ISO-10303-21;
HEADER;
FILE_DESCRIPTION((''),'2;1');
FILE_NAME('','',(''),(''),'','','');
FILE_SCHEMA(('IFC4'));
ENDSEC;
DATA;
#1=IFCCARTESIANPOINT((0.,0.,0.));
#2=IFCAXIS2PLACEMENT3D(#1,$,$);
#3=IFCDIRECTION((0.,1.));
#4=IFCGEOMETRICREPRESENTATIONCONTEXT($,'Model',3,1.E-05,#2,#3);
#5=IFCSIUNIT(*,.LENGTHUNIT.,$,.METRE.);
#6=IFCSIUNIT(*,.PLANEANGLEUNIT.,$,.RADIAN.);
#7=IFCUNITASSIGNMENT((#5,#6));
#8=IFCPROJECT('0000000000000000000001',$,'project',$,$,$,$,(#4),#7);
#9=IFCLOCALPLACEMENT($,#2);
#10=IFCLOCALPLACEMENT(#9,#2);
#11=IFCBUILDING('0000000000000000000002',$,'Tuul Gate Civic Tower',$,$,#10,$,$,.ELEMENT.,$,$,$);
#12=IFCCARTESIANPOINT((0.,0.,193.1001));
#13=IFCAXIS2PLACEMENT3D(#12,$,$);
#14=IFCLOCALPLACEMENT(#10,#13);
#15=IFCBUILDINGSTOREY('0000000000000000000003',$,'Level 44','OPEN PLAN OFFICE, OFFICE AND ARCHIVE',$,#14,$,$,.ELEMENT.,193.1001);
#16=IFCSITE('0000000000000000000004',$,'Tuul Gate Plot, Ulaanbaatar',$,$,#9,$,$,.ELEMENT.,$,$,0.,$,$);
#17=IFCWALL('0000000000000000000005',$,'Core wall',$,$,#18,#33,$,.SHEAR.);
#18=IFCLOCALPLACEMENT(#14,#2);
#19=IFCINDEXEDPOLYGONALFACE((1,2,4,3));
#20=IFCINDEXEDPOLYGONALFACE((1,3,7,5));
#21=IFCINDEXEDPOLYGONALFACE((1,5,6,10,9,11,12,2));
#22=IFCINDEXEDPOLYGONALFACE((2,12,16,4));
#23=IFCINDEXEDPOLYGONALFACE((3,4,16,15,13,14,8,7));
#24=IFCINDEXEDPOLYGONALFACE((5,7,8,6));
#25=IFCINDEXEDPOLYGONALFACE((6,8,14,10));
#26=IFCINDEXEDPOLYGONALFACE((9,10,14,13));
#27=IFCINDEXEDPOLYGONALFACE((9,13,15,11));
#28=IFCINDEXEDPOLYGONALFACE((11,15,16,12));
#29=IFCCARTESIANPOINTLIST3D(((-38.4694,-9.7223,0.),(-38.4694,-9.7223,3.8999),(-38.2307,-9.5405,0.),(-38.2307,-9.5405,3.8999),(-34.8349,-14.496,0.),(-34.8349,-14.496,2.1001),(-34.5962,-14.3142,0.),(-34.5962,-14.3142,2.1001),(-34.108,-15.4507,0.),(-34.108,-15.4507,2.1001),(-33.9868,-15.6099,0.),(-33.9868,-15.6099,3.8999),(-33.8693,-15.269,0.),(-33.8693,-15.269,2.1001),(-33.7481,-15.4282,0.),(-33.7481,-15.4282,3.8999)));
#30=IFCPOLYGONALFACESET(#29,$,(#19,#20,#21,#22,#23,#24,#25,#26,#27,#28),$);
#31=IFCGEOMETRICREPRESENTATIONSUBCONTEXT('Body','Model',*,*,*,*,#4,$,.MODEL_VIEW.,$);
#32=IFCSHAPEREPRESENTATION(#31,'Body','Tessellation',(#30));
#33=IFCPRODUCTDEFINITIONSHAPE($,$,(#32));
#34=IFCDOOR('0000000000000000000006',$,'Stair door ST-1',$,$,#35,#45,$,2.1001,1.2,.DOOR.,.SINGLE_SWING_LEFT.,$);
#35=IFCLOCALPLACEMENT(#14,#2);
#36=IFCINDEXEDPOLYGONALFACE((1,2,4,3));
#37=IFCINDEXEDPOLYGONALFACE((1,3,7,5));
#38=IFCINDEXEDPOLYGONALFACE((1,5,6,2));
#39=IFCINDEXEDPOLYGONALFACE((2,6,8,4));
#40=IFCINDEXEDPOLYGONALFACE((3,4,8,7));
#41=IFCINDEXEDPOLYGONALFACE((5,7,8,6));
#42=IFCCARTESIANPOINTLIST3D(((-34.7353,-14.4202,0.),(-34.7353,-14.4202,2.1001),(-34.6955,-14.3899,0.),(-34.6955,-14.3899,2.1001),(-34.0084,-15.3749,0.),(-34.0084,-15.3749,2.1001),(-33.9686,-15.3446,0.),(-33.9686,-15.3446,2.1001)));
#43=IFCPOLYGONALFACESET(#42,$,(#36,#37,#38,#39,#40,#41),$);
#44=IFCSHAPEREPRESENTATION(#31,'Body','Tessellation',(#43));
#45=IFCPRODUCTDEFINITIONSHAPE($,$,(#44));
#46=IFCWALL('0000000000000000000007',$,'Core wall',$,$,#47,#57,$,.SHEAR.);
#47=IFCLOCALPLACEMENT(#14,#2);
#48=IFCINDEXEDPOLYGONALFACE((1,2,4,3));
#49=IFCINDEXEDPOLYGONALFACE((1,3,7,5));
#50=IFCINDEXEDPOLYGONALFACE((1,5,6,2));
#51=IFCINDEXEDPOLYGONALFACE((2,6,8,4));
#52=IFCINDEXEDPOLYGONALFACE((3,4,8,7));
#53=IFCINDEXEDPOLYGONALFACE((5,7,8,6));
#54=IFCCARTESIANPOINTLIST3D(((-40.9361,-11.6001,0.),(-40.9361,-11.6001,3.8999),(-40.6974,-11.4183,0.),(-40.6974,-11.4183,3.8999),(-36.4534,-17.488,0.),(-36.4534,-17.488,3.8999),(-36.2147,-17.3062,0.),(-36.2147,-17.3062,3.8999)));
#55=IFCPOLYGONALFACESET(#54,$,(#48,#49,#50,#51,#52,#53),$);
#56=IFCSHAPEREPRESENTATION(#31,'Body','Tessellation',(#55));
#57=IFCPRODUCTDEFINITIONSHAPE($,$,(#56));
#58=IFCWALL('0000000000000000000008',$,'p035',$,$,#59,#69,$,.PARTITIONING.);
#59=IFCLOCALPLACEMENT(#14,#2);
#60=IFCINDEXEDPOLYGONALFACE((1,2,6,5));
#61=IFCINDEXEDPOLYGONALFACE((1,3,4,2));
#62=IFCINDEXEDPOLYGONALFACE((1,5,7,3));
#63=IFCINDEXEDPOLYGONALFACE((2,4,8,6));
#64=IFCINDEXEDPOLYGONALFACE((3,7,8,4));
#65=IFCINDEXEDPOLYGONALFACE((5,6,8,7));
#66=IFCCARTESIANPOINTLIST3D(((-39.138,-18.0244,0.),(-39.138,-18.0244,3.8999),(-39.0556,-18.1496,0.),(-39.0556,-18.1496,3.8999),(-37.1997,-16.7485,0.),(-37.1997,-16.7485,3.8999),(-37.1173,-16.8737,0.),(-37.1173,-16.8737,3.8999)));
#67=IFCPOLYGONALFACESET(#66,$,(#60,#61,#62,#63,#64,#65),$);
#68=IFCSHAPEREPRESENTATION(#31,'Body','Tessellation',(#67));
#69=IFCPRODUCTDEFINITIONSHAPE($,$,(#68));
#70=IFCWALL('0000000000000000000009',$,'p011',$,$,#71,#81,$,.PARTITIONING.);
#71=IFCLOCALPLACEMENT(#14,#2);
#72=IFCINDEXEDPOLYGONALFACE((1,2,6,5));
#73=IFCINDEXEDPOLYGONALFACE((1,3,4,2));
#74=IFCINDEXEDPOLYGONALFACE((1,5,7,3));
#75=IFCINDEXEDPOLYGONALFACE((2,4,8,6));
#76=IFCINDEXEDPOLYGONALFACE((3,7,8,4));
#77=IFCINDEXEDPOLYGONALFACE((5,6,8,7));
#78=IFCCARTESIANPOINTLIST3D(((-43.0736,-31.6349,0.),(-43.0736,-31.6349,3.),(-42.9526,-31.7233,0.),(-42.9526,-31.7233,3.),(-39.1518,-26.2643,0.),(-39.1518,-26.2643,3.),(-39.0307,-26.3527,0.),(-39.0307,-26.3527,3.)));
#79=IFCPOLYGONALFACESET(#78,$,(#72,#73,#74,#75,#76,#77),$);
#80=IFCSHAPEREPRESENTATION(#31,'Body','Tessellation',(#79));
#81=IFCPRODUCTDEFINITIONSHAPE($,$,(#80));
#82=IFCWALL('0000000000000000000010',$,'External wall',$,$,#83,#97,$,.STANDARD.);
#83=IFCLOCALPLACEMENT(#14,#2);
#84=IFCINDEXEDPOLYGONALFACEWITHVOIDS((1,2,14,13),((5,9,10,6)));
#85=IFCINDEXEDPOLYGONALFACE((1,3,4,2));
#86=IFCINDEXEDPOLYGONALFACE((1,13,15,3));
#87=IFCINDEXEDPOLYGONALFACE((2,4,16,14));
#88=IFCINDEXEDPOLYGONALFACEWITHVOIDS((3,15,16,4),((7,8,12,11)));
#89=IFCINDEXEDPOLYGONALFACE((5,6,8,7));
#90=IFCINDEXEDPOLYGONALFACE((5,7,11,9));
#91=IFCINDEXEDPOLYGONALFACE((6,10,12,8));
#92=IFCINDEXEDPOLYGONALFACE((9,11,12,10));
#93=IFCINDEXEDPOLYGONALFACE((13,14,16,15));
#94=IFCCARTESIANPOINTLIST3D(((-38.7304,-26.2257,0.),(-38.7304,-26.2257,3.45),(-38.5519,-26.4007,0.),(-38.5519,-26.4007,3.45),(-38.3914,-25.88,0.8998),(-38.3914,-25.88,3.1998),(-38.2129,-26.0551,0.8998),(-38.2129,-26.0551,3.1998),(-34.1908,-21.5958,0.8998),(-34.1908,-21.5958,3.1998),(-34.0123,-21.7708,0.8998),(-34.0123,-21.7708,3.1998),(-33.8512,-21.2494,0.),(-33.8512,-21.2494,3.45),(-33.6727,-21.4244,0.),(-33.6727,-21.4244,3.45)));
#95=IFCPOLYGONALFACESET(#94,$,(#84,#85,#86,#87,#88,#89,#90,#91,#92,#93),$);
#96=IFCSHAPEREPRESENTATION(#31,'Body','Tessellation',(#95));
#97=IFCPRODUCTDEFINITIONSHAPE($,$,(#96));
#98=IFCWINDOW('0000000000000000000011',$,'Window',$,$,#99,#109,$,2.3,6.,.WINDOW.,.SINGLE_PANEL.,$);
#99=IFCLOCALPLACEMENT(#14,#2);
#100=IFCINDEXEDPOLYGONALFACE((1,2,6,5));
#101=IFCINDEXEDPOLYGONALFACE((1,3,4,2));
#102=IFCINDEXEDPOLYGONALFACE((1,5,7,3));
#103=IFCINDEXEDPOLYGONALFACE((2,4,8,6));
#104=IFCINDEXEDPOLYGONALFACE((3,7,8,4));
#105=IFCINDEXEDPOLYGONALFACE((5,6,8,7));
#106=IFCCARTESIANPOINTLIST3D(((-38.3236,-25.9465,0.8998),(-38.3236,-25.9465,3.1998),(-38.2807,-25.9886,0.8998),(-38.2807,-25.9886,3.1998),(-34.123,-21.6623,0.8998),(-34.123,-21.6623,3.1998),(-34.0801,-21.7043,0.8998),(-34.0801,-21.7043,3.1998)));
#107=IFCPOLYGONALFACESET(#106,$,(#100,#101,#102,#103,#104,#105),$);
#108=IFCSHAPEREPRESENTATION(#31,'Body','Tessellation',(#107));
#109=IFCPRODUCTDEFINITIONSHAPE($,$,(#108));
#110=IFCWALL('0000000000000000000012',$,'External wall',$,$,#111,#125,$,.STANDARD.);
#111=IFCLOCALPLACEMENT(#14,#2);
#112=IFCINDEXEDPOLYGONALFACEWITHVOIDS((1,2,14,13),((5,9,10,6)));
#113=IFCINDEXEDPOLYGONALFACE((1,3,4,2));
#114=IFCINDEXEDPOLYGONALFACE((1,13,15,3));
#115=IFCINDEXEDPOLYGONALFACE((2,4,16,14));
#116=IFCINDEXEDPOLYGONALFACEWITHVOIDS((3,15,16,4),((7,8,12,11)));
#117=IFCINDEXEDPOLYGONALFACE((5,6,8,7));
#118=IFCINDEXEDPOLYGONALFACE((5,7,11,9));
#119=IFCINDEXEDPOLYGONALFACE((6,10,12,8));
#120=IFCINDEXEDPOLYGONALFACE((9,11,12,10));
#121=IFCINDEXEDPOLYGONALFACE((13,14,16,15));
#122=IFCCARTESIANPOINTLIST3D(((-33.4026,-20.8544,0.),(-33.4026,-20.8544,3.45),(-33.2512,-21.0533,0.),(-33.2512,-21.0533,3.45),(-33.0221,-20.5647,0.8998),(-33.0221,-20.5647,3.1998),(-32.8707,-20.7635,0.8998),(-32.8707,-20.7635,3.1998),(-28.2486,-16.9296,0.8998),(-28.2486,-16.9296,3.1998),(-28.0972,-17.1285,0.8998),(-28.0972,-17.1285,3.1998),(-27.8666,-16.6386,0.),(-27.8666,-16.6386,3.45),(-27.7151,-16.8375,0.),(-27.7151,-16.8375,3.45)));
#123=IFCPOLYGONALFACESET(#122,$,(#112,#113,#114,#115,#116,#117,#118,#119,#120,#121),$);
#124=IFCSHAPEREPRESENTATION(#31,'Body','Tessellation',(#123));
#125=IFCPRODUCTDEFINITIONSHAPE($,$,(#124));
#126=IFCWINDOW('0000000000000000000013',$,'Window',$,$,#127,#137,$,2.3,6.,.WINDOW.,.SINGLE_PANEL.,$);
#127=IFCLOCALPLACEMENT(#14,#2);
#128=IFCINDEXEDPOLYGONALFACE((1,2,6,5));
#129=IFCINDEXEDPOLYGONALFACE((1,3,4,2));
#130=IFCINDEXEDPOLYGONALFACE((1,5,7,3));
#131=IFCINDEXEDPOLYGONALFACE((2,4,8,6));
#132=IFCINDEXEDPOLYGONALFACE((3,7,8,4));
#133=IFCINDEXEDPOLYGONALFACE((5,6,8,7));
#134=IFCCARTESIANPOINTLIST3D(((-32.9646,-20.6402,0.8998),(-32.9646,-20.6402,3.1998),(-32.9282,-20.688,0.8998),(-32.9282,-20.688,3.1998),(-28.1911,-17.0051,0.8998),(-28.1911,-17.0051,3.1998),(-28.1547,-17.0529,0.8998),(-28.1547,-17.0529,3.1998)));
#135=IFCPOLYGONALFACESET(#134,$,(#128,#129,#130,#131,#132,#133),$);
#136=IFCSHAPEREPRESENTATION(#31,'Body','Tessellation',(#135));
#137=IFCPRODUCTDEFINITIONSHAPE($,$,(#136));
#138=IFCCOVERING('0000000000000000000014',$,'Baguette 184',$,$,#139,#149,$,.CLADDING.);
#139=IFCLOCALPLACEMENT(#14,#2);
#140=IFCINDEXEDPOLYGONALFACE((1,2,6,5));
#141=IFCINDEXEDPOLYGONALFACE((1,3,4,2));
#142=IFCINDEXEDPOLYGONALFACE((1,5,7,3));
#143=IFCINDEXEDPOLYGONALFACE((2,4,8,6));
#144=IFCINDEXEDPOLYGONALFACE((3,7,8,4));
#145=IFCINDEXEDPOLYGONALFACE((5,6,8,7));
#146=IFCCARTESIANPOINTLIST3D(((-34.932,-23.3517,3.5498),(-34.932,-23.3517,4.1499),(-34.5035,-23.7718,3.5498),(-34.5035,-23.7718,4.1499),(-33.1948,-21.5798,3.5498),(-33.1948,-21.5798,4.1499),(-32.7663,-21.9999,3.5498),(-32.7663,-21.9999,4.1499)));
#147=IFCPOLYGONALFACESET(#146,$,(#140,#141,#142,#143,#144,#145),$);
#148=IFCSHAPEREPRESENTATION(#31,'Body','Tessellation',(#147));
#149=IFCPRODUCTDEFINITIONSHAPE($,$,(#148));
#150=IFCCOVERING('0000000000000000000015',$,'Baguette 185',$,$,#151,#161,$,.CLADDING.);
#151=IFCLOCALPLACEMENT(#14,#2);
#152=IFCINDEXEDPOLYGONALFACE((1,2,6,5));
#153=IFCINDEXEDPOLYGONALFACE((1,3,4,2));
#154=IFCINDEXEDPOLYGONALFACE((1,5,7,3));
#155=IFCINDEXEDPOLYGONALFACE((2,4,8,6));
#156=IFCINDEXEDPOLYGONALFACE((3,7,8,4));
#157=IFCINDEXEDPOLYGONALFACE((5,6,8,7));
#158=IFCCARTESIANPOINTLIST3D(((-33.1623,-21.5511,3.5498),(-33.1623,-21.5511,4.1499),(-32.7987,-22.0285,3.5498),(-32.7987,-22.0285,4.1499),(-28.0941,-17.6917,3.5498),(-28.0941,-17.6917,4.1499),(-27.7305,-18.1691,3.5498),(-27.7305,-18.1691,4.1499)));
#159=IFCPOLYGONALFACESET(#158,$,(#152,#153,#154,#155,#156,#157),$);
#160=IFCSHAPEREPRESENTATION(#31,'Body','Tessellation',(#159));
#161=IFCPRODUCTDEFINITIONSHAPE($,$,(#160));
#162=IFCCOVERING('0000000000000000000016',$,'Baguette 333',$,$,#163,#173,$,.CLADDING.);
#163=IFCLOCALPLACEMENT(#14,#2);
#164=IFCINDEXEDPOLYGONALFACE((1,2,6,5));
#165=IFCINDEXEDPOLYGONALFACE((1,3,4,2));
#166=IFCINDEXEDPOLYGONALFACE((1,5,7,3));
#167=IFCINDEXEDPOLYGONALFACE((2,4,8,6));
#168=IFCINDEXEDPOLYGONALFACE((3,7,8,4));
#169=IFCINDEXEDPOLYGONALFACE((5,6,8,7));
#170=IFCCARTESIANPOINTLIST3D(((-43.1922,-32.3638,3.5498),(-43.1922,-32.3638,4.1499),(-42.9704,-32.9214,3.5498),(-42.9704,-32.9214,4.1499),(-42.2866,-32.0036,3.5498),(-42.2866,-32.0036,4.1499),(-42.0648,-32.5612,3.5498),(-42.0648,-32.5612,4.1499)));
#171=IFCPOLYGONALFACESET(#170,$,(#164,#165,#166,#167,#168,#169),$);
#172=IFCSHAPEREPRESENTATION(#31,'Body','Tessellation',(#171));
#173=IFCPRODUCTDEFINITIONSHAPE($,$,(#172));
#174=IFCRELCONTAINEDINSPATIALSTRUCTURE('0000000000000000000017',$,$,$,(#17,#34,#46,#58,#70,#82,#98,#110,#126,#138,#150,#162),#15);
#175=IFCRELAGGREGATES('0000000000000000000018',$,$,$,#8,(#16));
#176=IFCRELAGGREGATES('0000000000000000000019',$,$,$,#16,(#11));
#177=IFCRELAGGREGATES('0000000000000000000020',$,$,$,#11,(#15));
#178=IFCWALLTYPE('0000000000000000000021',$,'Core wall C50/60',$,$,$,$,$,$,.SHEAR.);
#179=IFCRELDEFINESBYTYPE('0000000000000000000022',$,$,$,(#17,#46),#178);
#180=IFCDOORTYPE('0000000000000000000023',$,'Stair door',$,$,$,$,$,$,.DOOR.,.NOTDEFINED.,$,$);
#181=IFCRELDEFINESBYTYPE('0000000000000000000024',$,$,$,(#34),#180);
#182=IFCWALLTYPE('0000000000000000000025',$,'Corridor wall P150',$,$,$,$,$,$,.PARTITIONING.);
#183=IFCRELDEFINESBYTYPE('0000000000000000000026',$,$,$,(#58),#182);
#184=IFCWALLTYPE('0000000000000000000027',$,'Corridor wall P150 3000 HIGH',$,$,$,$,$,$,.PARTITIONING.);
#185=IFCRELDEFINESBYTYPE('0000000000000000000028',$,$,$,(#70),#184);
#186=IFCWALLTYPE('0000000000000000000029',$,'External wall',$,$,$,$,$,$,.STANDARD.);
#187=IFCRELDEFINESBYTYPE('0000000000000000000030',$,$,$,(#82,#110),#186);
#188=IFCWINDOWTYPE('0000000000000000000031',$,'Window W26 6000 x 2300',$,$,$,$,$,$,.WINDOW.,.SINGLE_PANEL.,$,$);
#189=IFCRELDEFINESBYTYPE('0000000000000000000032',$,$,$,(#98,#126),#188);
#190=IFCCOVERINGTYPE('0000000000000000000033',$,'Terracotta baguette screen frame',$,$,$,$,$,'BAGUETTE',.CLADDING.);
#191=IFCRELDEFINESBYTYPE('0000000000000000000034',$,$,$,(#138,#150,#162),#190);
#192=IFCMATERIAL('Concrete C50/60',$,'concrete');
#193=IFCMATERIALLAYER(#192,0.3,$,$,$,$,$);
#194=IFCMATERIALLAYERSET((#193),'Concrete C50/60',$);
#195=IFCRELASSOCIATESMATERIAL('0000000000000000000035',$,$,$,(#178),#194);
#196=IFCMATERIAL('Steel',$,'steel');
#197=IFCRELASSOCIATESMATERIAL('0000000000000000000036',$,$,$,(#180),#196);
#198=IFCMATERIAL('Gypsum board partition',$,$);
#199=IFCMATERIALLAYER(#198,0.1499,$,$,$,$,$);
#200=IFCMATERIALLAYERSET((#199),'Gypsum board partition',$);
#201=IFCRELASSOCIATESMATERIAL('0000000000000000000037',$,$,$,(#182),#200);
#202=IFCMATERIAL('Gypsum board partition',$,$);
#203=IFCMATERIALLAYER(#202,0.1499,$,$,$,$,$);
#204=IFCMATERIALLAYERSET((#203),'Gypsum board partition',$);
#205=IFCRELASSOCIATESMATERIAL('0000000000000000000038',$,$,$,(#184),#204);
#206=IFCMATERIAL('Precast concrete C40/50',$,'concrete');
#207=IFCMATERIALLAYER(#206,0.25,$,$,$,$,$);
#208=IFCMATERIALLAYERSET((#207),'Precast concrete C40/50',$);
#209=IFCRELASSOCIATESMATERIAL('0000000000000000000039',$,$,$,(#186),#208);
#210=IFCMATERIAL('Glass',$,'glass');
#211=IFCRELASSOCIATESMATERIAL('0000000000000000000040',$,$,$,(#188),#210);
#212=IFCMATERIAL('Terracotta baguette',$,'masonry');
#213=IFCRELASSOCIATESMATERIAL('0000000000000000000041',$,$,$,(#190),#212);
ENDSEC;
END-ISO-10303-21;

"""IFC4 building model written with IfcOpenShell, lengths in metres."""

from ifc_helpers import new_model, si_unit, direction, frame, frame_2d, origin, origin_2d, place, context, subcontext, project, spatial, rectangle, extrude, material, layer, layer_set, material_profile, profile_set, type_object, element, fill, save


model = new_model("IFC4")

# Units and contexts
model_context = context("Model", 3, precision=1e-05, world=origin(), true_north=direction((0.0, 1.0)))
body_context = subcontext(model_context, "Body", "Model", "MODEL_VIEW")
ifc_project = project(units=[si_unit("LENGTHUNIT", "METRE"), si_unit("PLANEANGLEUNIT", "RADIAN")], contexts=[model_context])

# Site, building, storey
site_placement = place(None, origin())
site = spatial("IfcSite", under=ifc_project, at=site_placement, Name="Tuul Gate Plot, Ulaanbaatar", CompositionType="ELEMENT", RefElevation=0.0)
building_placement = place(site_placement, origin())
building = spatial("IfcBuilding", under=site, at=building_placement, Name="Tuul Gate Civic Tower", CompositionType="ELEMENT")
storey_placement = place(building_placement, frame((0.0, 0.0, 193.1001)))
storey = spatial("IfcBuildingStorey", under=building, at=storey_placement, Name="Level 44", Description="OPEN PLAN OFFICE, OFFICE AND ARCHIVE", CompositionType="ELEMENT", Elevation=193.1001)

# Wall, opening, door
ifc_material_1 = material(Name="Concrete C50/60", Category="concrete")
ifc_layer_1 = layer(ifc_material_1, 0.3)
ifc_layer_set_1 = layer_set([ifc_layer_1], Name="Concrete C50/60")
wall_type_1 = type_object("IfcWallType", Name="Core wall C50/60", PredefinedType="SHEAR", material=ifc_layer_set_1)
wall_1_placement = place(storey_placement, frame((-33.8674, -15.519, 0.0), z_axis=(0.0, 0.0, 1.0), x_axis=(-0.60577, 0.79564, 0.0)))
wall_1 = element("IfcWall", 1, at=wall_1_placement, inside=storey, type_object=wall_type_1, Name="Core wall", PredefinedType="SHEAR", context=body_context, shape_type="SweptSolid", body=[
    extrude(rectangle(XDim=7.3999, YDim=0.3, at=frame_2d((3.7, 0.0))), origin(), (0.0, 0.0, 1.0), 3.8999),
])
opening_1_placement = place(wall_1_placement, frame((0.2, 0.0, 0.0)))
opening_1 = element("IfcOpeningElement", 2, at=opening_1_placement, cuts=wall_1, PredefinedType="OPENING", context=body_context, shape_type="SweptSolid", body=[
    extrude(rectangle(XDim=1.2, YDim=2.1001, at=frame_2d((0.6001, 1.05))), frame((0.0, 0.1602, 0.0), z_axis=(0.0, -1.0, 0.0), x_axis=(1.0, 0.0, 0.0)), (0.0, 0.0, 1.0), 0.3201),
])
ifc_material_2 = material(Name="Steel", Category="steel")
door_type = type_object("IfcDoorType", Name="Stair door", OperationType="NOTDEFINED", PredefinedType="DOOR", material=ifc_material_2)
door_placement = place(opening_1_placement, origin())
door = element("IfcDoor", 3, at=door_placement, inside=storey, type_object=door_type, Name="Stair door ST-1", OperationType="SINGLE_SWING_LEFT", OverallHeight=2.1001, OverallWidth=1.2, PredefinedType="DOOR", context=body_context, shape_type="SweptSolid", body=[
    extrude(rectangle(XDim=1.2, YDim=2.1001, at=frame_2d((0.6001, 1.05))), frame((0.0, 0.0249, 0.0), z_axis=(0.0, -1.0, 0.0), x_axis=(1.0, 0.0, 0.0)), (0.0, 0.0, 1.0), 0.05),
])
fill(opening_1, door)

# Walls
wall_2_placement = place(storey_placement, frame((-36.334, -17.3972, 0.0), z_axis=(0.0, 0.0, 1.0), x_axis=(-0.605754, 0.795652, 0.0)))
element("IfcWall", 4, at=wall_2_placement, inside=storey, type_object=wall_type_1, Name="Core wall", PredefinedType="SHEAR", context=body_context, shape_type="SweptSolid", body=[
    extrude(rectangle(XDim=7.4001, YDim=0.3, at=frame_2d((3.7002, 0.0))), origin(), (0.0, 0.0, 1.0), 3.8999),
])
ifc_material_3 = material(Name="Gypsum board partition")
ifc_layer_2 = layer(ifc_material_3, 0.1499)
ifc_layer_set_2 = layer_set([ifc_layer_2], Name="Gypsum board partition")
wall_type_2 = type_object("IfcWallType", Name="Corridor wall P150", PredefinedType="PARTITIONING", material=ifc_layer_set_2)
wall_3_placement = place(storey_placement, frame((-39.0967, -18.0869, 0.0), z_axis=(0.0, 0.0, 1.0), x_axis=(0.835273, 0.549835, 0.0)))
element("IfcWall", 5, at=wall_3_placement, inside=storey, type_object=wall_type_2, Name="p035", PredefinedType="PARTITIONING", context=body_context, shape_type="SweptSolid", body=[
    extrude(rectangle(XDim=2.3206, YDim=0.1499, at=frame_2d((1.1602, 0.0))), origin(), (0.0, 0.0, 1.0), 3.8999),
])
ifc_material_4 = material(Name="Gypsum board partition")
ifc_layer_3 = layer(ifc_material_4, 0.1499)
ifc_layer_set_3 = layer_set([ifc_layer_3], Name="Gypsum board partition")
wall_type_3 = type_object("IfcWallType", Name="Corridor wall P150 3000 HIGH", PredefinedType="PARTITIONING", material=ifc_layer_set_3)
wall_4_placement = place(storey_placement, frame((-43.0132, -31.6792, 0.0), z_axis=(0.0, 0.0, 1.0), x_axis=(0.589742, 0.807592, 0.0)))
element("IfcWall", 6, at=wall_4_placement, inside=storey, type_object=wall_type_3, Name="p011", PredefinedType="PARTITIONING", context=body_context, shape_type="SweptSolid", body=[
    extrude(rectangle(XDim=6.6501, YDim=0.1499, at=frame_2d((3.3252, 0.0))), origin(), (0.0, 0.0, 1.0), 3.0),
])

# Walls, openings, windows
ifc_material_5 = material(Name="Precast concrete C40/50", Category="concrete")
ifc_layer_4 = layer(ifc_material_5, 0.25)
ifc_layer_set_4 = layer_set([ifc_layer_4], Name="Precast concrete C40/50")
wall_type_4 = type_object("IfcWallType", Name="External wall", PredefinedType="STANDARD", material=ifc_layer_set_4)
wall_5_placement = place(storey_placement, frame((-38.6411, -26.3132, 0.0), z_axis=(0.0, 0.0, 1.0), x_axis=(0.700101, 0.714044, 0.0)))
wall_5 = element("IfcWall", 7, at=wall_5_placement, inside=storey, type_object=wall_type_4, Name="External wall", PredefinedType="STANDARD", context=body_context, shape_type="SweptSolid", body=[
    extrude(rectangle(XDim=6.9692, YDim=0.25, at=frame_2d((3.4846, 0.0))), origin(), (0.0, 0.0, 1.0), 3.45),
])
opening_2_placement = place(wall_5_placement, frame((0.4841, 0.0, 0.8999)))
opening_2 = element("IfcOpeningElement", 8, at=opening_2_placement, cuts=wall_5, PredefinedType="OPENING", context=body_context, shape_type="SweptSolid", body=[
    extrude(rectangle(XDim=6.0, YDim=2.3, at=frame_2d((3.0, 1.1499))), frame((0.0, 0.135, 0.0), z_axis=(0.0, -1.0, 0.0), x_axis=(1.0, 0.0, 0.0)), (0.0, 0.0, 1.0), 0.27),
])
ifc_material_6 = material(Name="Glass", Category="glass")
window_type = type_object("IfcWindowType", Name="Window W26 6000 x 2300", PartitioningType="SINGLE_PANEL", PredefinedType="WINDOW", material=ifc_material_6)
window_1_placement = place(opening_2_placement, origin())
window_1 = element("IfcWindow", 9, at=window_1_placement, inside=storey, type_object=window_type, Name="Window", OverallHeight=2.3, OverallWidth=6.0, PartitioningType="SINGLE_PANEL", PredefinedType="WINDOW", context=body_context, shape_type="SweptSolid", body=[
    extrude(rectangle(XDim=6.0, YDim=2.3, at=frame_2d((3.0, 1.1499))), frame((0.0, 0.03, 0.0), z_axis=(0.0, -1.0, 0.0), x_axis=(1.0, 0.0, 0.0)), (0.0, 0.0, 1.0), 0.0601),
])
fill(opening_2, window_1)
wall_6_placement = place(storey_placement, frame((-33.3269, -20.9539, 0.0), z_axis=(0.0, 0.0, 1.0), x_axis=(0.795583, 0.605844, 0.0)))
wall_6 = element("IfcWall", 10, at=wall_6_placement, inside=storey, type_object=wall_type_4, Name="External wall", PredefinedType="STANDARD", context=body_context, shape_type="SweptSolid", body=[
    extrude(rectangle(XDim=6.9585, YDim=0.25, at=frame_2d((3.4792, 0.0))), origin(), (0.0, 0.0, 1.0), 3.45),
])
opening_3_placement = place(wall_6_placement, frame((0.4783, 0.0, 0.8999)))
opening_3 = element("IfcOpeningElement", 11, at=opening_3_placement, cuts=wall_6, PredefinedType="OPENING", context=body_context, shape_type="SweptSolid", body=[
    extrude(rectangle(XDim=6.0, YDim=2.3, at=frame_2d((3.0, 1.1499))), frame((0.0, 0.135, 0.0), z_axis=(0.0, -1.0, 0.0), x_axis=(1.0, 0.0, 0.0)), (0.0, 0.0, 1.0), 0.27),
])
window_2_placement = place(opening_3_placement, origin())
window_2 = element("IfcWindow", 12, at=window_2_placement, inside=storey, type_object=window_type, Name="Window", OverallHeight=2.3, OverallWidth=6.0, PartitioningType="SINGLE_PANEL", PredefinedType="WINDOW", context=body_context, shape_type="SweptSolid", body=[
    extrude(rectangle(XDim=6.0, YDim=2.3, at=frame_2d((3.0, 1.1499))), frame((0.0, 0.03, 0.0), z_axis=(0.0, -1.0, 0.0), x_axis=(1.0, 0.0, 0.0)), (0.0, 0.0, 1.0), 0.0601),
])
fill(opening_3, window_2)

# Coverings
ifc_material_7 = material(Name="Terracotta baguette", Category="masonry")
ifc_material_profile_1 = material_profile(ifc_material_7, rectangle(XDim=0.6001, YDim=0.6001, at=origin_2d()), Name="Terracotta baguette screen frame")
ifc_profile_set_1 = profile_set([ifc_material_profile_1], Name="Terracotta baguette")
covering_type = type_object("IfcCoveringType", Name="Terracotta baguette screen frame", ElementType="BAGUETTE", PredefinedType="CLADDING", material=ifc_profile_set_1)
covering_1_placement = place(storey_placement, frame((-34.7178, -23.5618, 3.8499), z_axis=(0.700087, 0.714057, 0.0), x_axis=(-0.714057, 0.700087, 0.0)))
element("IfcCovering", 13, at=covering_1_placement, inside=storey, type_object=covering_type, Name="Baguette 184", PredefinedType="CLADDING", context=body_context, shape_type="SweptSolid", body=[
    extrude(rectangle(XDim=0.6001, YDim=0.6001, at=origin_2d()), origin(), (0.0, 0.0, 1.0), 2.4814),
])
covering_2_placement = place(storey_placement, frame((-32.9805, -21.7898, 3.8499), z_axis=(0.795587, 0.60584, 0.0), x_axis=(-0.60584, 0.795587, 0.0)))
element("IfcCovering", 14, at=covering_2_placement, inside=storey, type_object=covering_type, Name="Baguette 185", PredefinedType="CLADDING", context=body_context, shape_type="SweptSolid", body=[
    extrude(rectangle(XDim=0.6001, YDim=0.6001, at=origin_2d()), origin(), (0.0, 0.0, 1.0), 6.3704),
])
covering_3_placement = place(storey_placement, frame((-43.0813, -32.6426, 3.8499), z_axis=(0.929218, 0.369533, 0.0), x_axis=(-0.369533, 0.929218, 0.0)))
element("IfcCovering", 15, at=covering_3_placement, inside=storey, type_object=covering_type, Name="Baguette 333", PredefinedType="CLADDING", context=body_context, shape_type="SweptSolid", body=[
    extrude(rectangle(XDim=0.6001, YDim=0.6001, at=origin_2d()), origin(), (0.0, 0.0, 1.0), 0.9746),
])

save(model, "model.ifc")
